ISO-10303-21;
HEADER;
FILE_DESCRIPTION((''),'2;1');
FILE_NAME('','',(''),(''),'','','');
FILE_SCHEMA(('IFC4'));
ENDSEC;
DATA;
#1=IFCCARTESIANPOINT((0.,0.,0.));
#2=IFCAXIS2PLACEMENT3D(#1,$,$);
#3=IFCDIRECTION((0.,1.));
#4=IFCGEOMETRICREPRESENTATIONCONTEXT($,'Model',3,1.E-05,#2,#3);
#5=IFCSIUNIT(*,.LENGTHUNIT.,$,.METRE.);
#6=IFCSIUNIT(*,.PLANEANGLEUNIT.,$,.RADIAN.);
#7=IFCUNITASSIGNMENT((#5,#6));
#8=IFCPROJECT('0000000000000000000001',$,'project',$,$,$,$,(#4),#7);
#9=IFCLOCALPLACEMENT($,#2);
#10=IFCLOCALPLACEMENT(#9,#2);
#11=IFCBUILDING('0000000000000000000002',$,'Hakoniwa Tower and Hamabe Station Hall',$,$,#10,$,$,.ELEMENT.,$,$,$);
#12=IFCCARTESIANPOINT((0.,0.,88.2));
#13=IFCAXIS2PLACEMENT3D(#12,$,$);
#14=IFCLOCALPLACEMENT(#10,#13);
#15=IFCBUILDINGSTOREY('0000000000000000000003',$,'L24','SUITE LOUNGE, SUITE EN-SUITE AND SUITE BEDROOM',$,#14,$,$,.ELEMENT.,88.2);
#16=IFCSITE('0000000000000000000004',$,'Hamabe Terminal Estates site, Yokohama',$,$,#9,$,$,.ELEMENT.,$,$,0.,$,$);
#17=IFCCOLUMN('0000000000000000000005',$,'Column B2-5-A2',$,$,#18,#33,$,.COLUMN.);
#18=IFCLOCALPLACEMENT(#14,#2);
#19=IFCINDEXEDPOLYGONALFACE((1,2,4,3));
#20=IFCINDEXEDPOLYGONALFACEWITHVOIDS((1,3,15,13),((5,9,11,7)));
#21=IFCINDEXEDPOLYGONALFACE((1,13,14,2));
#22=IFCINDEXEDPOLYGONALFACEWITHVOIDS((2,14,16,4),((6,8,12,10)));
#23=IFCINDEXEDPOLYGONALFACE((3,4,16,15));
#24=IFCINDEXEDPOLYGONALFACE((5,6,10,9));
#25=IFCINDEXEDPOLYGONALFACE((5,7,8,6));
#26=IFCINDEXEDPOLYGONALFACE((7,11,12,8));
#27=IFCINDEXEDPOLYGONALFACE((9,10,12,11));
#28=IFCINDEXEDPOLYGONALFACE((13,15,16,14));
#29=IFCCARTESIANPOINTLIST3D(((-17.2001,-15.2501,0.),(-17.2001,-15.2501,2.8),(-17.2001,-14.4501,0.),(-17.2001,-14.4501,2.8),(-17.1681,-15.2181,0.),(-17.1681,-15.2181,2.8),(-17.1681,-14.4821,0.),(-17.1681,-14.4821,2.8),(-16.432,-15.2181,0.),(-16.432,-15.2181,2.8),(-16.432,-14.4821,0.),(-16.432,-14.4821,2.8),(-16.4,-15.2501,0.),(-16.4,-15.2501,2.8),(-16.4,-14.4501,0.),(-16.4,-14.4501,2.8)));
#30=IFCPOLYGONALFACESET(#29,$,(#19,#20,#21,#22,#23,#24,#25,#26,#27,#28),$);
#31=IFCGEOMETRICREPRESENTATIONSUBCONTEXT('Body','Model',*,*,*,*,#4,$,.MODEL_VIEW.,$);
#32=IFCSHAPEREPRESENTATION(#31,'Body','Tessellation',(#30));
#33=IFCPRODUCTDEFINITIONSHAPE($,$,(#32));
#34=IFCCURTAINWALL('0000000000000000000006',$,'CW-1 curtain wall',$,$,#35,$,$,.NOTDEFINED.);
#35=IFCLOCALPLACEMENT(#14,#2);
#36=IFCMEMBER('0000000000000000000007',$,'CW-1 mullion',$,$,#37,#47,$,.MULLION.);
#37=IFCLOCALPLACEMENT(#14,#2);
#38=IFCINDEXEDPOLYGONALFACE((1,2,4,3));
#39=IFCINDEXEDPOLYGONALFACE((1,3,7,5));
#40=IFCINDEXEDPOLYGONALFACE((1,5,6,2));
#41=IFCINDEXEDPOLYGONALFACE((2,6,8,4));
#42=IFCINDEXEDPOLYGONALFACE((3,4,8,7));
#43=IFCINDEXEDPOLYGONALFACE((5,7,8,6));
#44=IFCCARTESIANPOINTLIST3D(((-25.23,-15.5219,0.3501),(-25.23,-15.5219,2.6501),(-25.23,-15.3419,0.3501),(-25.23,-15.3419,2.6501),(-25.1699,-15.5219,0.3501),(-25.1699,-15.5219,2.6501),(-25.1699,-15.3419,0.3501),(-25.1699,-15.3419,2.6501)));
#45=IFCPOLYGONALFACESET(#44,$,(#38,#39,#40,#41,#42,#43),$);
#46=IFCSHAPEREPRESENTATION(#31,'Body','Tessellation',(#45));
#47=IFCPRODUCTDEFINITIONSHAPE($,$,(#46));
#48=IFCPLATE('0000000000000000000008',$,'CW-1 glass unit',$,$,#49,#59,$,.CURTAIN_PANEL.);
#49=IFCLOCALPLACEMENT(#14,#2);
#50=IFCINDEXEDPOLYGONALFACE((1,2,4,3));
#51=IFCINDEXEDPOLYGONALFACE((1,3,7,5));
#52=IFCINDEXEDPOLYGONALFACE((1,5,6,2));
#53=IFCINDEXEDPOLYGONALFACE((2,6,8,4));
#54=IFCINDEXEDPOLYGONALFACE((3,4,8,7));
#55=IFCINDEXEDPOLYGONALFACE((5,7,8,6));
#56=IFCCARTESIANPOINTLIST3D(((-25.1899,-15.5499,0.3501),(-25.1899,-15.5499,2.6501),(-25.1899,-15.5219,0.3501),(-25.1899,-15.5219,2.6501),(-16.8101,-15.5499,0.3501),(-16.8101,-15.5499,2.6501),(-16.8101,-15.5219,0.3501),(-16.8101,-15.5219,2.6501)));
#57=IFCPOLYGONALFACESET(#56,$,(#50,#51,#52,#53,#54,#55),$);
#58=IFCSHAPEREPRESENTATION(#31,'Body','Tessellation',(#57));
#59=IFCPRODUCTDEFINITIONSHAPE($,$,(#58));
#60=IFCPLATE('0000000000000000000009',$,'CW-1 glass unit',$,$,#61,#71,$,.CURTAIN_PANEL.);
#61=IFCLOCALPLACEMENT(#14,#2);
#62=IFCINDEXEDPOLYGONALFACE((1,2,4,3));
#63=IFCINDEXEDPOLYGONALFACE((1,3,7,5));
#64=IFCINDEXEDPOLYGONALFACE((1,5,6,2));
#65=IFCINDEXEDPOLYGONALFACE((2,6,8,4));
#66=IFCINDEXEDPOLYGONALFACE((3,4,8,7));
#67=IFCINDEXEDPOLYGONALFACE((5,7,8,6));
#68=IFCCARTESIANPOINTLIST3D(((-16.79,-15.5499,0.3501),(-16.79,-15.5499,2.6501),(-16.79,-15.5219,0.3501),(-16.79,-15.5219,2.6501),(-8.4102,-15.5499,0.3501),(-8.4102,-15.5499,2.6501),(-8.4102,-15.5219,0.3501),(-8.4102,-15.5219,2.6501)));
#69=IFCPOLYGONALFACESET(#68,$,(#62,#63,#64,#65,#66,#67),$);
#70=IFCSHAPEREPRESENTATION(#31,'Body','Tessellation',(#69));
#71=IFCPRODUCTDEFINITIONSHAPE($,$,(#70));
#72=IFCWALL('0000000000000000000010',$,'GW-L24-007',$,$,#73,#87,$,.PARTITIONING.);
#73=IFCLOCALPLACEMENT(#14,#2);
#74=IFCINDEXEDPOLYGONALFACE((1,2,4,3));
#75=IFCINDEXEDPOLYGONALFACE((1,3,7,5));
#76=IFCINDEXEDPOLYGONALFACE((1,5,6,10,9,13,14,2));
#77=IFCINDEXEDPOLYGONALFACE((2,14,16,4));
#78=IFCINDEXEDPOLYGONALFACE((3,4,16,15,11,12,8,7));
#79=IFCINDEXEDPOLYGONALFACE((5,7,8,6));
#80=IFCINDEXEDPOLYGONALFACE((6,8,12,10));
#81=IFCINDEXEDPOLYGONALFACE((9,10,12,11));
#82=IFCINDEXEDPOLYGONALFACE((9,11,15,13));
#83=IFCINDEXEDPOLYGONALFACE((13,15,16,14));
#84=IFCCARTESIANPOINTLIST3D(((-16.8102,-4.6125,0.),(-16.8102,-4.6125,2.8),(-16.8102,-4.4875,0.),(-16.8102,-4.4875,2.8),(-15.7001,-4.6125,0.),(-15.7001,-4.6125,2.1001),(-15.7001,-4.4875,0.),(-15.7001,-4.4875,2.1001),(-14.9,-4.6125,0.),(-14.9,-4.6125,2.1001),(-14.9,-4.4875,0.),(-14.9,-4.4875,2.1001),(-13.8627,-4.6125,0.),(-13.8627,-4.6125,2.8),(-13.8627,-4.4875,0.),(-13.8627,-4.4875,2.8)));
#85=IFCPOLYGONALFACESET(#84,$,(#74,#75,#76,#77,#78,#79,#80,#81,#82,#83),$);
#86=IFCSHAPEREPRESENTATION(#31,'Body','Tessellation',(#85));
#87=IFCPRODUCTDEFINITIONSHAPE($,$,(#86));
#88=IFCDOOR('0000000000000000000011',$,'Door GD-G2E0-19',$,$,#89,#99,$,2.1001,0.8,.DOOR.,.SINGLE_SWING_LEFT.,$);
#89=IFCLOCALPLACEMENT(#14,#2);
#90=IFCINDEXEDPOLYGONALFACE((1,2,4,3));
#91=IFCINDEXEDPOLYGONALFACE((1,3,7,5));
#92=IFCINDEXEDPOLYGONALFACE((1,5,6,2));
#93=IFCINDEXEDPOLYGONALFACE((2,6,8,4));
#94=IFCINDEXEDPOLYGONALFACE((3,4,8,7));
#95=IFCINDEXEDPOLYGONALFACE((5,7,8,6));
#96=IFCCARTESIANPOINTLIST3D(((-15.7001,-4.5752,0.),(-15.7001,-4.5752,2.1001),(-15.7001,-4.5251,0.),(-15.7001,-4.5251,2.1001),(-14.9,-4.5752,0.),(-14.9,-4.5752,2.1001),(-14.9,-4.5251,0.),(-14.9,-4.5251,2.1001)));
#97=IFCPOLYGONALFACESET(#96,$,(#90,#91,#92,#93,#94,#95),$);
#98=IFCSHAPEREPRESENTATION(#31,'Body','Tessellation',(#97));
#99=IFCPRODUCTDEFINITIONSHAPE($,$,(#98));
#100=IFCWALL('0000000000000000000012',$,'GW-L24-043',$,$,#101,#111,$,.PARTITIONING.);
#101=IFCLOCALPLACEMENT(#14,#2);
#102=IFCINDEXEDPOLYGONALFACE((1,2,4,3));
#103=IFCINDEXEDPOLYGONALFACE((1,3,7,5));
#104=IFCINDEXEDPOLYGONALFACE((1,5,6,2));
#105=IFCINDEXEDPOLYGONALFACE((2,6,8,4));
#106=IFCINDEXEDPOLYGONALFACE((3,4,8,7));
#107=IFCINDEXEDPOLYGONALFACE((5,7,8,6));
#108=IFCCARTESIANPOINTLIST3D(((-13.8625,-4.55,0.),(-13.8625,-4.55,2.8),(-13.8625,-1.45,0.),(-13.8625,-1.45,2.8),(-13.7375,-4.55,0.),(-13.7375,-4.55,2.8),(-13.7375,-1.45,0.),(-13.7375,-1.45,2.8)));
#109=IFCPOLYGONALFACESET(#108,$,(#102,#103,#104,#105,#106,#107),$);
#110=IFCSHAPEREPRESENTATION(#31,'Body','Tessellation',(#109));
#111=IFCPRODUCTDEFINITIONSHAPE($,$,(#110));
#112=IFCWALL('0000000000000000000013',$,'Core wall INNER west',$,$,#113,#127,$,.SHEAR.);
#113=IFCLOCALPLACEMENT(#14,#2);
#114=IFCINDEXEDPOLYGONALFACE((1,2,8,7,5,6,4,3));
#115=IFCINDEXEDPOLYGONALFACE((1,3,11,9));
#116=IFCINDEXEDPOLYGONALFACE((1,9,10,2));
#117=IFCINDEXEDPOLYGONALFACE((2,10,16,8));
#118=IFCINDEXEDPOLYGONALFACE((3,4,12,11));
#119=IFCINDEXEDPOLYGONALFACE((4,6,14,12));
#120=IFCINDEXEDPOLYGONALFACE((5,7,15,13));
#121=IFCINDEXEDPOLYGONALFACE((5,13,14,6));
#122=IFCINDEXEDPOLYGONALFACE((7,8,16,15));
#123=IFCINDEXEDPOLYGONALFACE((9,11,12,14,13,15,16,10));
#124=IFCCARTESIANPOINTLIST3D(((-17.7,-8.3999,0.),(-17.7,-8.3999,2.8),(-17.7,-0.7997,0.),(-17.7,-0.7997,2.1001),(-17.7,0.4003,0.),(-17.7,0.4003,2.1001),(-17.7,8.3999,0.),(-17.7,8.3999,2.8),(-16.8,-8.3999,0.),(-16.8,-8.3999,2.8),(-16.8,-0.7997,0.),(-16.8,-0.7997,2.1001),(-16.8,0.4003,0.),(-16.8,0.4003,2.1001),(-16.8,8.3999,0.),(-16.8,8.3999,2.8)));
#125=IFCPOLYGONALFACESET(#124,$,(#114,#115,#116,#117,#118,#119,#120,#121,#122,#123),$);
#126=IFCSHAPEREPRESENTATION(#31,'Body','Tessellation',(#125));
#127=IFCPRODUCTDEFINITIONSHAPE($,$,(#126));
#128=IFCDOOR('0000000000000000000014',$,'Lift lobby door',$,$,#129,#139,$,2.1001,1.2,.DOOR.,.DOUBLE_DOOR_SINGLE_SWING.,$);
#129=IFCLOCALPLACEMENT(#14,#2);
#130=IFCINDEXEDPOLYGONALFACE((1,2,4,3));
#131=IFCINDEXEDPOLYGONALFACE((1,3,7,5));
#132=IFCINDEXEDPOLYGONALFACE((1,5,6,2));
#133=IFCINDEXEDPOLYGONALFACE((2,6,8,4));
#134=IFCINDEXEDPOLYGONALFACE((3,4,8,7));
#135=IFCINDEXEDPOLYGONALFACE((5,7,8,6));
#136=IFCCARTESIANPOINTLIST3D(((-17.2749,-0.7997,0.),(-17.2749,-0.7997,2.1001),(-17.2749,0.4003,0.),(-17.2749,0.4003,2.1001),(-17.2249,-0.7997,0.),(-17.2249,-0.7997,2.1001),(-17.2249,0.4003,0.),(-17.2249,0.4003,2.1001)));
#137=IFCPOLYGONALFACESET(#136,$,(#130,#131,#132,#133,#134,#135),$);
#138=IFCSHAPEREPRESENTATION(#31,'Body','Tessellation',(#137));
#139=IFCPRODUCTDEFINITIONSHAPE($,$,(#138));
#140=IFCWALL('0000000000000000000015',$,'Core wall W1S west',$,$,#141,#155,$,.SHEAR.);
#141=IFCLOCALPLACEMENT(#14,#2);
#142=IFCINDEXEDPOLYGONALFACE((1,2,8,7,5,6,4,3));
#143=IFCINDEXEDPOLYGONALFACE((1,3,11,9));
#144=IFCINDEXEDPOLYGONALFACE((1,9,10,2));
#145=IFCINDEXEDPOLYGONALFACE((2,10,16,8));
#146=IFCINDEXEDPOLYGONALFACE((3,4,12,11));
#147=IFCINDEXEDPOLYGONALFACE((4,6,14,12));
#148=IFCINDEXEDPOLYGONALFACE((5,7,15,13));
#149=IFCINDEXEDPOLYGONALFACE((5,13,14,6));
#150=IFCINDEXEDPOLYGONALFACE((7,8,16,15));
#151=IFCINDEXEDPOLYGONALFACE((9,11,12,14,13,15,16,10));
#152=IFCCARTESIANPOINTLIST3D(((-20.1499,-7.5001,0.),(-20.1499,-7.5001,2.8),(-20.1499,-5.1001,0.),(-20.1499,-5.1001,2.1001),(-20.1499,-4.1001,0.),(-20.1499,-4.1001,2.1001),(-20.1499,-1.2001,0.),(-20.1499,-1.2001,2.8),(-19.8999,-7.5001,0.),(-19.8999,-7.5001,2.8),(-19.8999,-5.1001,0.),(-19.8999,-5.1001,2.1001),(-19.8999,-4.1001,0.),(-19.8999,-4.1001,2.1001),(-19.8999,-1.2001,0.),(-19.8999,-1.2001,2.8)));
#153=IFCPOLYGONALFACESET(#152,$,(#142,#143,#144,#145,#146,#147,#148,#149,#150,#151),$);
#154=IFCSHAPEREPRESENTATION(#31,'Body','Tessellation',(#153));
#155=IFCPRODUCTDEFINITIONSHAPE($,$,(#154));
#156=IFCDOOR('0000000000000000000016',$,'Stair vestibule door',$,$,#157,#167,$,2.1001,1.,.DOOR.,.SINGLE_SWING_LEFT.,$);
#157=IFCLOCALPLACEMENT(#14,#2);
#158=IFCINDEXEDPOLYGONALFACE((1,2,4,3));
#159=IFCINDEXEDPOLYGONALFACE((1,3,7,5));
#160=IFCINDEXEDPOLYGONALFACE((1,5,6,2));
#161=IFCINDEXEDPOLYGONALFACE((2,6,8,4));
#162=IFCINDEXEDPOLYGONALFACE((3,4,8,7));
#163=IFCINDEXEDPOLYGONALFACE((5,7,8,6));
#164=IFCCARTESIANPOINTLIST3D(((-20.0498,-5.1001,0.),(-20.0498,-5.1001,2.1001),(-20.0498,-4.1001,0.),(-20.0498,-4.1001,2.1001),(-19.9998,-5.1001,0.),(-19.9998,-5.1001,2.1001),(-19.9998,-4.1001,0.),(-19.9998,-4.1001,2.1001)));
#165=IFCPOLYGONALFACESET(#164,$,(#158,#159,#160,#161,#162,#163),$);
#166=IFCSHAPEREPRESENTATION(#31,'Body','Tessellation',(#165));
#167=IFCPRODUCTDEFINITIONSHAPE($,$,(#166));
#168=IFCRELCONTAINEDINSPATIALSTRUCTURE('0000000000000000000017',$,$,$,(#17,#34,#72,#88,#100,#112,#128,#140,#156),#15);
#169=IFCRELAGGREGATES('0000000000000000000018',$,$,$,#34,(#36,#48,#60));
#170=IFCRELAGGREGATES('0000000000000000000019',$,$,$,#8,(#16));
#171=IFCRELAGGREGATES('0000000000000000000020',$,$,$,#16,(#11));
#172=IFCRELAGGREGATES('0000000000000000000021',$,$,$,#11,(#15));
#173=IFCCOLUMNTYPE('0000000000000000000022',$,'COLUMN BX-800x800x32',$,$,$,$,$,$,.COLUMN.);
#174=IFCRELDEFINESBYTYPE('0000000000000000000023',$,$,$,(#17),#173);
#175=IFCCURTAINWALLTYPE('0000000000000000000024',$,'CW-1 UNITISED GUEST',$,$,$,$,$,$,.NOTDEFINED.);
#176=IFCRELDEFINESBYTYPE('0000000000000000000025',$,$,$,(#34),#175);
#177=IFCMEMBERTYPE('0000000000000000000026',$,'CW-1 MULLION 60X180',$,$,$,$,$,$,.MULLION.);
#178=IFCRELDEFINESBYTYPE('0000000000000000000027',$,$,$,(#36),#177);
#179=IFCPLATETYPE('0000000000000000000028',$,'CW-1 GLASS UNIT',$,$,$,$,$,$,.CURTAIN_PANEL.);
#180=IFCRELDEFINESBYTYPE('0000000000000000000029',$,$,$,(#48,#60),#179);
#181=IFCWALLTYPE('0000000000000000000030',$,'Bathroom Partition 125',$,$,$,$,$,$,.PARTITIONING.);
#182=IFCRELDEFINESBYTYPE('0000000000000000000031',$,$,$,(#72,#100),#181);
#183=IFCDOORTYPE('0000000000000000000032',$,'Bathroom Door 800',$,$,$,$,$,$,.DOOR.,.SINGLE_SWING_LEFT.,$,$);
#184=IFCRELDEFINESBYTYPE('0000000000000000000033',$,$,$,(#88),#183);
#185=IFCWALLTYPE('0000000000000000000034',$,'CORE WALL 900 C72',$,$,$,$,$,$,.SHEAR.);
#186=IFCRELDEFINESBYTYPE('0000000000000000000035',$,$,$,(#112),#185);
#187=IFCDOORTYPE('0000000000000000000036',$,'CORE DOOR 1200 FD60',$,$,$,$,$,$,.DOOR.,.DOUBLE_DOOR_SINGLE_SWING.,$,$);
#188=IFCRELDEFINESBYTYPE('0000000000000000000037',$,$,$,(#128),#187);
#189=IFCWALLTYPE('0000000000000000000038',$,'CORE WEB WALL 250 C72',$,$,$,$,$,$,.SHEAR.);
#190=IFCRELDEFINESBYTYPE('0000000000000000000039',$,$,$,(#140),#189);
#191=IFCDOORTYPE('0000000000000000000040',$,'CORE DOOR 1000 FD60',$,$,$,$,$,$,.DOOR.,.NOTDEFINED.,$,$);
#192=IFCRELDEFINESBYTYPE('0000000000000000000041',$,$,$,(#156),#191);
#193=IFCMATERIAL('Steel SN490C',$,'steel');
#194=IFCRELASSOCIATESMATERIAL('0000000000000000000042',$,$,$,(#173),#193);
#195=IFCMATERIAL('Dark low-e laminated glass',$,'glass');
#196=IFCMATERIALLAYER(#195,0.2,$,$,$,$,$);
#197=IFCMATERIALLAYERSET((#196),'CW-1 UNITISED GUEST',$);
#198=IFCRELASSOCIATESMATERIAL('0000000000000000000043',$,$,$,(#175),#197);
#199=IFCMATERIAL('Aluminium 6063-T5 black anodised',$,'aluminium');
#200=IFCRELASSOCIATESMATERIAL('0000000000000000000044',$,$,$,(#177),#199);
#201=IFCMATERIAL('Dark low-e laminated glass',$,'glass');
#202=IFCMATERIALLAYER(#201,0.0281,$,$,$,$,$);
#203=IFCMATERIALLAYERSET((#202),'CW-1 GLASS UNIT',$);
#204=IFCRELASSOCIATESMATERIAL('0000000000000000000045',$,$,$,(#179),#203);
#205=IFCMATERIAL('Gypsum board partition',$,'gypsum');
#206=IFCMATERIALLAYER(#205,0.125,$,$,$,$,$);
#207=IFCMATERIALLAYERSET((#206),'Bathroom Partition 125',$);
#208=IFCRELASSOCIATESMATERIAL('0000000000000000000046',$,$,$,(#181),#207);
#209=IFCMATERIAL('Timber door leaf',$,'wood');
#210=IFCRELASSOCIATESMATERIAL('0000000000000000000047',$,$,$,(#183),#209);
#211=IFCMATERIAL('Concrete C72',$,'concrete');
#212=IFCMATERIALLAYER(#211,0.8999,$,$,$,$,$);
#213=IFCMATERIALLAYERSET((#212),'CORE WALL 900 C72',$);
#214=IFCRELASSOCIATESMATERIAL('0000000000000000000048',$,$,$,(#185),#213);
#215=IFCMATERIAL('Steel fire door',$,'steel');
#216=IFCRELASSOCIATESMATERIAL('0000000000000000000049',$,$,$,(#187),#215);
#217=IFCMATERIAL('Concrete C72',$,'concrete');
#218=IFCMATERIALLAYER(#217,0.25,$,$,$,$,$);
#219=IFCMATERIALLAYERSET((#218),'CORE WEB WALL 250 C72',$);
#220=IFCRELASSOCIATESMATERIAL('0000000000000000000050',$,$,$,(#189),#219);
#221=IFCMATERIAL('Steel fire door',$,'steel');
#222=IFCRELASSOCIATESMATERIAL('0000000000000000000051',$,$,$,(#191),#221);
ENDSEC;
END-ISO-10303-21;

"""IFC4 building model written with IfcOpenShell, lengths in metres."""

from ifc_helpers import new_model, si_unit, direction, frame, frame_2d, origin, origin_2d, place, context, subcontext, project, spatial, rectangle, hollow_rectangle, extrude, material, layer, layer_set, material_profile, profile_set, type_object, element, fill, aggregate, save


model = new_model("IFC4")

# Units and contexts
model_context = context("Model", 3, precision=1e-05, world=origin(), true_north=direction((0.0, 1.0)))
body_context = subcontext(model_context, "Body", "Model", "MODEL_VIEW")
ifc_project = project(units=[si_unit("LENGTHUNIT", "METRE"), si_unit("PLANEANGLEUNIT", "RADIAN")], contexts=[model_context])

# Site, building, storey
site_placement = place(None, origin())
site = spatial("IfcSite", under=ifc_project, at=site_placement, Name="Hamabe Terminal Estates site, Yokohama", CompositionType="ELEMENT", RefElevation=0.0)
building_placement = place(site_placement, origin())
building = spatial("IfcBuilding", under=site, at=building_placement, Name="Hakoniwa Tower and Hamabe Station Hall", CompositionType="ELEMENT")
storey_placement = place(building_placement, frame((0.0, 0.0, 88.2)))
storey = spatial("IfcBuildingStorey", under=building, at=storey_placement, Name="L24", Description="SUITE LOUNGE, SUITE EN-SUITE AND SUITE BEDROOM", CompositionType="ELEMENT", Elevation=88.2)

# Column
ifc_material_1 = material(Name="Steel SN490C", Category="steel")
ifc_material_profile_1 = material_profile(ifc_material_1, hollow_rectangle(XDim=0.8, YDim=0.8, WallThickness=0.032, at=origin_2d()), Name="BX-800x800x32")
ifc_profile_set_1 = profile_set([ifc_material_profile_1], Name="Steel SN490C")
column_type = type_object("IfcColumnType", Name="COLUMN BX-800x800x32", PredefinedType="COLUMN", material=ifc_profile_set_1)
column_placement = place(storey_placement, frame((-16.8, -14.8501, 0.0), z_axis=(0.0, 0.0, 1.0), x_axis=(1.0, 0.0, 0.0)))
element("IfcColumn", 1, at=column_placement, inside=storey, type_object=column_type, Name="Column B2-5-A2", PredefinedType="COLUMN", context=body_context, shape_type="SweptSolid", body=[
    extrude(hollow_rectangle(XDim=0.8, YDim=0.8, WallThickness=0.032, at=origin_2d()), origin(), (0.0, 0.0, 1.0), 2.8),
])

# Curtain wall, member, plates
ifc_material_2 = material(Name="Dark low-e laminated glass", Category="glass")
ifc_layer_1 = layer(ifc_material_2, 0.2)
ifc_layer_set_1 = layer_set([ifc_layer_1], Name="CW-1 UNITISED GUEST")
curtain_wall_type = type_object("IfcCurtainWallType", Name="CW-1 UNITISED GUEST", PredefinedType="NOTDEFINED", material=ifc_layer_set_1)
curtain_wall_placement = place(storey_placement, origin())
curtain_wall = element("IfcCurtainWall", 2, at=curtain_wall_placement, inside=storey, type_object=curtain_wall_type, Name="CW-1 curtain wall", PredefinedType="NOTDEFINED")
ifc_material_3 = material(Name="Aluminium 6063-T5 black anodised", Category="aluminium")
ifc_material_profile_2 = material_profile(ifc_material_3, rectangle(XDim=0.0601, YDim=0.1799, at=origin_2d()), Name="CW-1 MULLION 60X180")
ifc_profile_set_2 = profile_set([ifc_material_profile_2], Name="Aluminium 6063-T5 black anodised")
member_type = type_object("IfcMemberType", Name="CW-1 MULLION 60X180", PredefinedType="MULLION", material=ifc_profile_set_2)
member_placement = place(storey_placement, frame((-25.2, -15.4319, 0.3501), z_axis=(0.0, 0.0, 1.0), x_axis=(1.0, 0.0, 0.0)))
member = element("IfcMember", 3, at=member_placement, type_object=member_type, Name="CW-1 mullion", PredefinedType="MULLION", context=body_context, shape_type="SweptSolid", body=[
    extrude(rectangle(XDim=0.0601, YDim=0.1799, at=origin_2d()), origin(), (0.0, 0.0, 1.0), 2.3),
])
ifc_material_4 = material(Name="Dark low-e laminated glass", Category="glass")
ifc_layer_2 = layer(ifc_material_4, 0.0281)
ifc_layer_set_2 = layer_set([ifc_layer_2], Name="CW-1 GLASS UNIT")
plate_type = type_object("IfcPlateType", Name="CW-1 GLASS UNIT", PredefinedType="CURTAIN_PANEL", material=ifc_layer_set_2)
plate_1_placement = place(storey_placement, frame((-21.0, -15.5359, 0.3501), z_axis=(0.0, 0.0, 1.0), x_axis=(1.0, 0.0, 0.0)))
plate_1 = element("IfcPlate", 4, at=plate_1_placement, type_object=plate_type, Name="CW-1 glass unit", PredefinedType="CURTAIN_PANEL", context=body_context, shape_type="SweptSolid", body=[
    extrude(rectangle(XDim=8.3799, YDim=0.0281, at=origin_2d()), origin(), (0.0, 0.0, 1.0), 2.3),
])
plate_2_placement = place(storey_placement, frame((-12.6001, -15.5359, 0.3501), z_axis=(0.0, 0.0, 1.0), x_axis=(1.0, 0.0, 0.0)))
plate_2 = element("IfcPlate", 5, at=plate_2_placement, type_object=plate_type, Name="CW-1 glass unit", PredefinedType="CURTAIN_PANEL", context=body_context, shape_type="SweptSolid", body=[
    extrude(rectangle(XDim=8.3799, YDim=0.0281, at=origin_2d()), origin(), (0.0, 0.0, 1.0), 2.3),
])
aggregate(curtain_wall, [member, plate_1, plate_2])

# Wall, opening, door
ifc_material_5 = material(Name="Gypsum board partition", Category="gypsum")
ifc_layer_3 = layer(ifc_material_5, 0.125)
ifc_layer_set_3 = layer_set([ifc_layer_3], Name="Bathroom Partition 125")
wall_type_1 = type_object("IfcWallType", Name="Bathroom Partition 125", PredefinedType="PARTITIONING", material=ifc_layer_set_3)
wall_1_placement = place(storey_placement, frame((-16.8101, -4.55, 0.0), z_axis=(0.0, 0.0, 1.0), x_axis=(1.0, 0.0, 0.0)))
wall_1 = element("IfcWall", 6, at=wall_1_placement, inside=storey, type_object=wall_type_1, Name="GW-L24-007", PredefinedType="PARTITIONING", context=body_context, shape_type="SweptSolid", body=[
    extrude(rectangle(XDim=2.9475, YDim=0.125, at=frame_2d((1.4736, 0.0))), origin(), (0.0, 0.0, 1.0), 2.8),
])
opening_1_placement = place(wall_1_placement, frame((1.1101, 0.0, 0.0)))
opening_1 = element("IfcOpeningElement", 7, at=opening_1_placement, cuts=wall_1, PredefinedType="OPENING", context=body_context, shape_type="SweptSolid", body=[
    extrude(rectangle(XDim=0.8, YDim=2.1001, at=frame_2d((0.3999, 1.05))), frame((0.0, 0.0725, 0.0), z_axis=(0.0, -1.0, 0.0), x_axis=(1.0, 0.0, 0.0)), (0.0, 0.0, 1.0), 0.145),
])
ifc_material_6 = material(Name="Timber door leaf", Category="wood")
door_type_1 = type_object("IfcDoorType", Name="Bathroom Door 800", OperationType="SINGLE_SWING_LEFT", PredefinedType="DOOR", material=ifc_material_6)
door_1_placement = place(opening_1_placement, origin())
door_1 = element("IfcDoor", 8, at=door_1_placement, inside=storey, type_object=door_type_1, Name="Door GD-G2E0-19", OperationType="SINGLE_SWING_LEFT", OverallHeight=2.1001, OverallWidth=0.8, PredefinedType="DOOR", context=body_context, shape_type="SweptSolid", body=[
    extrude(rectangle(XDim=0.8, YDim=2.1001, at=frame_2d((0.3999, 1.05))), frame((0.0, 0.0249, 0.0), z_axis=(0.0, -1.0, 0.0), x_axis=(1.0, 0.0, 0.0)), (0.0, 0.0, 1.0), 0.05),
])
fill(opening_1, door_1)

# Wall
wall_2_placement = place(storey_placement, frame((-13.8, -4.55, 0.0), z_axis=(0.0, 0.0, 1.0), x_axis=(0.0, 1.0, 0.0)))
element("IfcWall", 9, at=wall_2_placement, inside=storey, type_object=wall_type_1, Name="GW-L24-043", PredefinedType="PARTITIONING", context=body_context, shape_type="SweptSolid", body=[
    extrude(rectangle(XDim=3.1001, YDim=0.125, at=frame_2d((1.55, 0.0))), origin(), (0.0, 0.0, 1.0), 2.8),
])

# Walls, openings, doors
ifc_material_7 = material(Name="Concrete C72", Category="concrete")
ifc_layer_4 = layer(ifc_material_7, 0.8999)
ifc_layer_set_4 = layer_set([ifc_layer_4], Name="CORE WALL 900 C72")
wall_type_2 = type_object("IfcWallType", Name="CORE WALL 900 C72", PredefinedType="SHEAR", material=ifc_layer_set_4)
wall_3_placement = place(storey_placement, frame((-17.25, -8.3999, 0.0), z_axis=(0.0, 0.0, 1.0), x_axis=(0.0, 1.0, 0.0)))
wall_3 = element("IfcWall", 10, at=wall_3_placement, inside=storey, type_object=wall_type_2, Name="Core wall INNER west", PredefinedType="SHEAR", context=body_context, shape_type="SweptSolid", body=[
    extrude(rectangle(XDim=16.7998, YDim=0.8999, at=frame_2d((8.3999, 0.0))), origin(), (0.0, 0.0, 1.0), 2.8),
])
opening_2_placement = place(wall_3_placement, frame((7.6001, 0.0, 0.0)))
opening_2 = element("IfcOpeningElement", 11, at=opening_2_placement, cuts=wall_3, PredefinedType="OPENING", context=body_context, shape_type="SweptSolid", body=[
    extrude(rectangle(XDim=1.2, YDim=2.1001, at=frame_2d((0.6001, 1.05))), frame((0.0, 0.46, 0.0), z_axis=(0.0, -1.0, 0.0), x_axis=(1.0, 0.0, 0.0)), (0.0, 0.0, 1.0), 0.9199),
])
ifc_material_8 = material(Name="Steel fire door", Category="steel")
door_type_2 = type_object("IfcDoorType", Name="CORE DOOR 1200 FD60", OperationType="DOUBLE_DOOR_SINGLE_SWING", PredefinedType="DOOR", material=ifc_material_8)
door_2_placement = place(opening_2_placement, origin())
door_2 = element("IfcDoor", 12, at=door_2_placement, inside=storey, type_object=door_type_2, Name="Lift lobby door", OperationType="DOUBLE_DOOR_SINGLE_SWING", OverallHeight=2.1001, OverallWidth=1.2, PredefinedType="DOOR", context=body_context, shape_type="SweptSolid", body=[
    extrude(rectangle(XDim=1.2, YDim=2.1001, at=frame_2d((0.6001, 1.05))), frame((0.0, 0.0249, 0.0), z_axis=(0.0, -1.0, 0.0), x_axis=(1.0, 0.0, 0.0)), (0.0, 0.0, 1.0), 0.05),
])
fill(opening_2, door_2)
ifc_material_9 = material(Name="Concrete C72", Category="concrete")
ifc_layer_5 = layer(ifc_material_9, 0.25)
ifc_layer_set_5 = layer_set([ifc_layer_5], Name="CORE WEB WALL 250 C72")
wall_type_3 = type_object("IfcWallType", Name="CORE WEB WALL 250 C72", PredefinedType="SHEAR", material=ifc_layer_set_5)
wall_4_placement = place(storey_placement, frame((-20.0249, -7.5, 0.0), z_axis=(0.0, 0.0, 1.0), x_axis=(0.0, 1.0, 0.0)))
wall_4 = element("IfcWall", 13, at=wall_4_placement, inside=storey, type_object=wall_type_3, Name="Core wall W1S west", PredefinedType="SHEAR", context=body_context, shape_type="SweptSolid", body=[
    extrude(rectangle(XDim=6.3, YDim=0.25, at=frame_2d((3.1499, 0.0))), origin(), (0.0, 0.0, 1.0), 2.8),
])
opening_3_placement = place(wall_4_placement, frame((2.3999, 0.0, 0.0)))
opening_3 = element("IfcOpeningElement", 14, at=opening_3_placement, cuts=wall_4, PredefinedType="OPENING", context=body_context, shape_type="SweptSolid", body=[
    extrude(rectangle(XDim=1.0, YDim=2.1001, at=frame_2d((0.5, 1.05))), frame((0.0, 0.135, 0.0), z_axis=(0.0, -1.0, 0.0), x_axis=(1.0, 0.0, 0.0)), (0.0, 0.0, 1.0), 0.27),
])
ifc_material_10 = material(Name="Steel fire door", Category="steel")
door_type_3 = type_object("IfcDoorType", Name="CORE DOOR 1000 FD60", OperationType="NOTDEFINED", PredefinedType="DOOR", material=ifc_material_10)
door_3_placement = place(opening_3_placement, origin())
door_3 = element("IfcDoor", 15, at=door_3_placement, inside=storey, type_object=door_type_3, Name="Stair vestibule door", OperationType="SINGLE_SWING_LEFT", OverallHeight=2.1001, OverallWidth=1.0, PredefinedType="DOOR", context=body_context, shape_type="SweptSolid", body=[
    extrude(rectangle(XDim=1.0, YDim=2.1001, at=frame_2d((0.5, 1.05))), frame((0.0, 0.0249, 0.0), z_axis=(0.0, -1.0, 0.0), x_axis=(1.0, 0.0, 0.0)), (0.0, 0.0, 1.0), 0.05),
])
fill(opening_3, door_3)

save(model, "model.ifc")
